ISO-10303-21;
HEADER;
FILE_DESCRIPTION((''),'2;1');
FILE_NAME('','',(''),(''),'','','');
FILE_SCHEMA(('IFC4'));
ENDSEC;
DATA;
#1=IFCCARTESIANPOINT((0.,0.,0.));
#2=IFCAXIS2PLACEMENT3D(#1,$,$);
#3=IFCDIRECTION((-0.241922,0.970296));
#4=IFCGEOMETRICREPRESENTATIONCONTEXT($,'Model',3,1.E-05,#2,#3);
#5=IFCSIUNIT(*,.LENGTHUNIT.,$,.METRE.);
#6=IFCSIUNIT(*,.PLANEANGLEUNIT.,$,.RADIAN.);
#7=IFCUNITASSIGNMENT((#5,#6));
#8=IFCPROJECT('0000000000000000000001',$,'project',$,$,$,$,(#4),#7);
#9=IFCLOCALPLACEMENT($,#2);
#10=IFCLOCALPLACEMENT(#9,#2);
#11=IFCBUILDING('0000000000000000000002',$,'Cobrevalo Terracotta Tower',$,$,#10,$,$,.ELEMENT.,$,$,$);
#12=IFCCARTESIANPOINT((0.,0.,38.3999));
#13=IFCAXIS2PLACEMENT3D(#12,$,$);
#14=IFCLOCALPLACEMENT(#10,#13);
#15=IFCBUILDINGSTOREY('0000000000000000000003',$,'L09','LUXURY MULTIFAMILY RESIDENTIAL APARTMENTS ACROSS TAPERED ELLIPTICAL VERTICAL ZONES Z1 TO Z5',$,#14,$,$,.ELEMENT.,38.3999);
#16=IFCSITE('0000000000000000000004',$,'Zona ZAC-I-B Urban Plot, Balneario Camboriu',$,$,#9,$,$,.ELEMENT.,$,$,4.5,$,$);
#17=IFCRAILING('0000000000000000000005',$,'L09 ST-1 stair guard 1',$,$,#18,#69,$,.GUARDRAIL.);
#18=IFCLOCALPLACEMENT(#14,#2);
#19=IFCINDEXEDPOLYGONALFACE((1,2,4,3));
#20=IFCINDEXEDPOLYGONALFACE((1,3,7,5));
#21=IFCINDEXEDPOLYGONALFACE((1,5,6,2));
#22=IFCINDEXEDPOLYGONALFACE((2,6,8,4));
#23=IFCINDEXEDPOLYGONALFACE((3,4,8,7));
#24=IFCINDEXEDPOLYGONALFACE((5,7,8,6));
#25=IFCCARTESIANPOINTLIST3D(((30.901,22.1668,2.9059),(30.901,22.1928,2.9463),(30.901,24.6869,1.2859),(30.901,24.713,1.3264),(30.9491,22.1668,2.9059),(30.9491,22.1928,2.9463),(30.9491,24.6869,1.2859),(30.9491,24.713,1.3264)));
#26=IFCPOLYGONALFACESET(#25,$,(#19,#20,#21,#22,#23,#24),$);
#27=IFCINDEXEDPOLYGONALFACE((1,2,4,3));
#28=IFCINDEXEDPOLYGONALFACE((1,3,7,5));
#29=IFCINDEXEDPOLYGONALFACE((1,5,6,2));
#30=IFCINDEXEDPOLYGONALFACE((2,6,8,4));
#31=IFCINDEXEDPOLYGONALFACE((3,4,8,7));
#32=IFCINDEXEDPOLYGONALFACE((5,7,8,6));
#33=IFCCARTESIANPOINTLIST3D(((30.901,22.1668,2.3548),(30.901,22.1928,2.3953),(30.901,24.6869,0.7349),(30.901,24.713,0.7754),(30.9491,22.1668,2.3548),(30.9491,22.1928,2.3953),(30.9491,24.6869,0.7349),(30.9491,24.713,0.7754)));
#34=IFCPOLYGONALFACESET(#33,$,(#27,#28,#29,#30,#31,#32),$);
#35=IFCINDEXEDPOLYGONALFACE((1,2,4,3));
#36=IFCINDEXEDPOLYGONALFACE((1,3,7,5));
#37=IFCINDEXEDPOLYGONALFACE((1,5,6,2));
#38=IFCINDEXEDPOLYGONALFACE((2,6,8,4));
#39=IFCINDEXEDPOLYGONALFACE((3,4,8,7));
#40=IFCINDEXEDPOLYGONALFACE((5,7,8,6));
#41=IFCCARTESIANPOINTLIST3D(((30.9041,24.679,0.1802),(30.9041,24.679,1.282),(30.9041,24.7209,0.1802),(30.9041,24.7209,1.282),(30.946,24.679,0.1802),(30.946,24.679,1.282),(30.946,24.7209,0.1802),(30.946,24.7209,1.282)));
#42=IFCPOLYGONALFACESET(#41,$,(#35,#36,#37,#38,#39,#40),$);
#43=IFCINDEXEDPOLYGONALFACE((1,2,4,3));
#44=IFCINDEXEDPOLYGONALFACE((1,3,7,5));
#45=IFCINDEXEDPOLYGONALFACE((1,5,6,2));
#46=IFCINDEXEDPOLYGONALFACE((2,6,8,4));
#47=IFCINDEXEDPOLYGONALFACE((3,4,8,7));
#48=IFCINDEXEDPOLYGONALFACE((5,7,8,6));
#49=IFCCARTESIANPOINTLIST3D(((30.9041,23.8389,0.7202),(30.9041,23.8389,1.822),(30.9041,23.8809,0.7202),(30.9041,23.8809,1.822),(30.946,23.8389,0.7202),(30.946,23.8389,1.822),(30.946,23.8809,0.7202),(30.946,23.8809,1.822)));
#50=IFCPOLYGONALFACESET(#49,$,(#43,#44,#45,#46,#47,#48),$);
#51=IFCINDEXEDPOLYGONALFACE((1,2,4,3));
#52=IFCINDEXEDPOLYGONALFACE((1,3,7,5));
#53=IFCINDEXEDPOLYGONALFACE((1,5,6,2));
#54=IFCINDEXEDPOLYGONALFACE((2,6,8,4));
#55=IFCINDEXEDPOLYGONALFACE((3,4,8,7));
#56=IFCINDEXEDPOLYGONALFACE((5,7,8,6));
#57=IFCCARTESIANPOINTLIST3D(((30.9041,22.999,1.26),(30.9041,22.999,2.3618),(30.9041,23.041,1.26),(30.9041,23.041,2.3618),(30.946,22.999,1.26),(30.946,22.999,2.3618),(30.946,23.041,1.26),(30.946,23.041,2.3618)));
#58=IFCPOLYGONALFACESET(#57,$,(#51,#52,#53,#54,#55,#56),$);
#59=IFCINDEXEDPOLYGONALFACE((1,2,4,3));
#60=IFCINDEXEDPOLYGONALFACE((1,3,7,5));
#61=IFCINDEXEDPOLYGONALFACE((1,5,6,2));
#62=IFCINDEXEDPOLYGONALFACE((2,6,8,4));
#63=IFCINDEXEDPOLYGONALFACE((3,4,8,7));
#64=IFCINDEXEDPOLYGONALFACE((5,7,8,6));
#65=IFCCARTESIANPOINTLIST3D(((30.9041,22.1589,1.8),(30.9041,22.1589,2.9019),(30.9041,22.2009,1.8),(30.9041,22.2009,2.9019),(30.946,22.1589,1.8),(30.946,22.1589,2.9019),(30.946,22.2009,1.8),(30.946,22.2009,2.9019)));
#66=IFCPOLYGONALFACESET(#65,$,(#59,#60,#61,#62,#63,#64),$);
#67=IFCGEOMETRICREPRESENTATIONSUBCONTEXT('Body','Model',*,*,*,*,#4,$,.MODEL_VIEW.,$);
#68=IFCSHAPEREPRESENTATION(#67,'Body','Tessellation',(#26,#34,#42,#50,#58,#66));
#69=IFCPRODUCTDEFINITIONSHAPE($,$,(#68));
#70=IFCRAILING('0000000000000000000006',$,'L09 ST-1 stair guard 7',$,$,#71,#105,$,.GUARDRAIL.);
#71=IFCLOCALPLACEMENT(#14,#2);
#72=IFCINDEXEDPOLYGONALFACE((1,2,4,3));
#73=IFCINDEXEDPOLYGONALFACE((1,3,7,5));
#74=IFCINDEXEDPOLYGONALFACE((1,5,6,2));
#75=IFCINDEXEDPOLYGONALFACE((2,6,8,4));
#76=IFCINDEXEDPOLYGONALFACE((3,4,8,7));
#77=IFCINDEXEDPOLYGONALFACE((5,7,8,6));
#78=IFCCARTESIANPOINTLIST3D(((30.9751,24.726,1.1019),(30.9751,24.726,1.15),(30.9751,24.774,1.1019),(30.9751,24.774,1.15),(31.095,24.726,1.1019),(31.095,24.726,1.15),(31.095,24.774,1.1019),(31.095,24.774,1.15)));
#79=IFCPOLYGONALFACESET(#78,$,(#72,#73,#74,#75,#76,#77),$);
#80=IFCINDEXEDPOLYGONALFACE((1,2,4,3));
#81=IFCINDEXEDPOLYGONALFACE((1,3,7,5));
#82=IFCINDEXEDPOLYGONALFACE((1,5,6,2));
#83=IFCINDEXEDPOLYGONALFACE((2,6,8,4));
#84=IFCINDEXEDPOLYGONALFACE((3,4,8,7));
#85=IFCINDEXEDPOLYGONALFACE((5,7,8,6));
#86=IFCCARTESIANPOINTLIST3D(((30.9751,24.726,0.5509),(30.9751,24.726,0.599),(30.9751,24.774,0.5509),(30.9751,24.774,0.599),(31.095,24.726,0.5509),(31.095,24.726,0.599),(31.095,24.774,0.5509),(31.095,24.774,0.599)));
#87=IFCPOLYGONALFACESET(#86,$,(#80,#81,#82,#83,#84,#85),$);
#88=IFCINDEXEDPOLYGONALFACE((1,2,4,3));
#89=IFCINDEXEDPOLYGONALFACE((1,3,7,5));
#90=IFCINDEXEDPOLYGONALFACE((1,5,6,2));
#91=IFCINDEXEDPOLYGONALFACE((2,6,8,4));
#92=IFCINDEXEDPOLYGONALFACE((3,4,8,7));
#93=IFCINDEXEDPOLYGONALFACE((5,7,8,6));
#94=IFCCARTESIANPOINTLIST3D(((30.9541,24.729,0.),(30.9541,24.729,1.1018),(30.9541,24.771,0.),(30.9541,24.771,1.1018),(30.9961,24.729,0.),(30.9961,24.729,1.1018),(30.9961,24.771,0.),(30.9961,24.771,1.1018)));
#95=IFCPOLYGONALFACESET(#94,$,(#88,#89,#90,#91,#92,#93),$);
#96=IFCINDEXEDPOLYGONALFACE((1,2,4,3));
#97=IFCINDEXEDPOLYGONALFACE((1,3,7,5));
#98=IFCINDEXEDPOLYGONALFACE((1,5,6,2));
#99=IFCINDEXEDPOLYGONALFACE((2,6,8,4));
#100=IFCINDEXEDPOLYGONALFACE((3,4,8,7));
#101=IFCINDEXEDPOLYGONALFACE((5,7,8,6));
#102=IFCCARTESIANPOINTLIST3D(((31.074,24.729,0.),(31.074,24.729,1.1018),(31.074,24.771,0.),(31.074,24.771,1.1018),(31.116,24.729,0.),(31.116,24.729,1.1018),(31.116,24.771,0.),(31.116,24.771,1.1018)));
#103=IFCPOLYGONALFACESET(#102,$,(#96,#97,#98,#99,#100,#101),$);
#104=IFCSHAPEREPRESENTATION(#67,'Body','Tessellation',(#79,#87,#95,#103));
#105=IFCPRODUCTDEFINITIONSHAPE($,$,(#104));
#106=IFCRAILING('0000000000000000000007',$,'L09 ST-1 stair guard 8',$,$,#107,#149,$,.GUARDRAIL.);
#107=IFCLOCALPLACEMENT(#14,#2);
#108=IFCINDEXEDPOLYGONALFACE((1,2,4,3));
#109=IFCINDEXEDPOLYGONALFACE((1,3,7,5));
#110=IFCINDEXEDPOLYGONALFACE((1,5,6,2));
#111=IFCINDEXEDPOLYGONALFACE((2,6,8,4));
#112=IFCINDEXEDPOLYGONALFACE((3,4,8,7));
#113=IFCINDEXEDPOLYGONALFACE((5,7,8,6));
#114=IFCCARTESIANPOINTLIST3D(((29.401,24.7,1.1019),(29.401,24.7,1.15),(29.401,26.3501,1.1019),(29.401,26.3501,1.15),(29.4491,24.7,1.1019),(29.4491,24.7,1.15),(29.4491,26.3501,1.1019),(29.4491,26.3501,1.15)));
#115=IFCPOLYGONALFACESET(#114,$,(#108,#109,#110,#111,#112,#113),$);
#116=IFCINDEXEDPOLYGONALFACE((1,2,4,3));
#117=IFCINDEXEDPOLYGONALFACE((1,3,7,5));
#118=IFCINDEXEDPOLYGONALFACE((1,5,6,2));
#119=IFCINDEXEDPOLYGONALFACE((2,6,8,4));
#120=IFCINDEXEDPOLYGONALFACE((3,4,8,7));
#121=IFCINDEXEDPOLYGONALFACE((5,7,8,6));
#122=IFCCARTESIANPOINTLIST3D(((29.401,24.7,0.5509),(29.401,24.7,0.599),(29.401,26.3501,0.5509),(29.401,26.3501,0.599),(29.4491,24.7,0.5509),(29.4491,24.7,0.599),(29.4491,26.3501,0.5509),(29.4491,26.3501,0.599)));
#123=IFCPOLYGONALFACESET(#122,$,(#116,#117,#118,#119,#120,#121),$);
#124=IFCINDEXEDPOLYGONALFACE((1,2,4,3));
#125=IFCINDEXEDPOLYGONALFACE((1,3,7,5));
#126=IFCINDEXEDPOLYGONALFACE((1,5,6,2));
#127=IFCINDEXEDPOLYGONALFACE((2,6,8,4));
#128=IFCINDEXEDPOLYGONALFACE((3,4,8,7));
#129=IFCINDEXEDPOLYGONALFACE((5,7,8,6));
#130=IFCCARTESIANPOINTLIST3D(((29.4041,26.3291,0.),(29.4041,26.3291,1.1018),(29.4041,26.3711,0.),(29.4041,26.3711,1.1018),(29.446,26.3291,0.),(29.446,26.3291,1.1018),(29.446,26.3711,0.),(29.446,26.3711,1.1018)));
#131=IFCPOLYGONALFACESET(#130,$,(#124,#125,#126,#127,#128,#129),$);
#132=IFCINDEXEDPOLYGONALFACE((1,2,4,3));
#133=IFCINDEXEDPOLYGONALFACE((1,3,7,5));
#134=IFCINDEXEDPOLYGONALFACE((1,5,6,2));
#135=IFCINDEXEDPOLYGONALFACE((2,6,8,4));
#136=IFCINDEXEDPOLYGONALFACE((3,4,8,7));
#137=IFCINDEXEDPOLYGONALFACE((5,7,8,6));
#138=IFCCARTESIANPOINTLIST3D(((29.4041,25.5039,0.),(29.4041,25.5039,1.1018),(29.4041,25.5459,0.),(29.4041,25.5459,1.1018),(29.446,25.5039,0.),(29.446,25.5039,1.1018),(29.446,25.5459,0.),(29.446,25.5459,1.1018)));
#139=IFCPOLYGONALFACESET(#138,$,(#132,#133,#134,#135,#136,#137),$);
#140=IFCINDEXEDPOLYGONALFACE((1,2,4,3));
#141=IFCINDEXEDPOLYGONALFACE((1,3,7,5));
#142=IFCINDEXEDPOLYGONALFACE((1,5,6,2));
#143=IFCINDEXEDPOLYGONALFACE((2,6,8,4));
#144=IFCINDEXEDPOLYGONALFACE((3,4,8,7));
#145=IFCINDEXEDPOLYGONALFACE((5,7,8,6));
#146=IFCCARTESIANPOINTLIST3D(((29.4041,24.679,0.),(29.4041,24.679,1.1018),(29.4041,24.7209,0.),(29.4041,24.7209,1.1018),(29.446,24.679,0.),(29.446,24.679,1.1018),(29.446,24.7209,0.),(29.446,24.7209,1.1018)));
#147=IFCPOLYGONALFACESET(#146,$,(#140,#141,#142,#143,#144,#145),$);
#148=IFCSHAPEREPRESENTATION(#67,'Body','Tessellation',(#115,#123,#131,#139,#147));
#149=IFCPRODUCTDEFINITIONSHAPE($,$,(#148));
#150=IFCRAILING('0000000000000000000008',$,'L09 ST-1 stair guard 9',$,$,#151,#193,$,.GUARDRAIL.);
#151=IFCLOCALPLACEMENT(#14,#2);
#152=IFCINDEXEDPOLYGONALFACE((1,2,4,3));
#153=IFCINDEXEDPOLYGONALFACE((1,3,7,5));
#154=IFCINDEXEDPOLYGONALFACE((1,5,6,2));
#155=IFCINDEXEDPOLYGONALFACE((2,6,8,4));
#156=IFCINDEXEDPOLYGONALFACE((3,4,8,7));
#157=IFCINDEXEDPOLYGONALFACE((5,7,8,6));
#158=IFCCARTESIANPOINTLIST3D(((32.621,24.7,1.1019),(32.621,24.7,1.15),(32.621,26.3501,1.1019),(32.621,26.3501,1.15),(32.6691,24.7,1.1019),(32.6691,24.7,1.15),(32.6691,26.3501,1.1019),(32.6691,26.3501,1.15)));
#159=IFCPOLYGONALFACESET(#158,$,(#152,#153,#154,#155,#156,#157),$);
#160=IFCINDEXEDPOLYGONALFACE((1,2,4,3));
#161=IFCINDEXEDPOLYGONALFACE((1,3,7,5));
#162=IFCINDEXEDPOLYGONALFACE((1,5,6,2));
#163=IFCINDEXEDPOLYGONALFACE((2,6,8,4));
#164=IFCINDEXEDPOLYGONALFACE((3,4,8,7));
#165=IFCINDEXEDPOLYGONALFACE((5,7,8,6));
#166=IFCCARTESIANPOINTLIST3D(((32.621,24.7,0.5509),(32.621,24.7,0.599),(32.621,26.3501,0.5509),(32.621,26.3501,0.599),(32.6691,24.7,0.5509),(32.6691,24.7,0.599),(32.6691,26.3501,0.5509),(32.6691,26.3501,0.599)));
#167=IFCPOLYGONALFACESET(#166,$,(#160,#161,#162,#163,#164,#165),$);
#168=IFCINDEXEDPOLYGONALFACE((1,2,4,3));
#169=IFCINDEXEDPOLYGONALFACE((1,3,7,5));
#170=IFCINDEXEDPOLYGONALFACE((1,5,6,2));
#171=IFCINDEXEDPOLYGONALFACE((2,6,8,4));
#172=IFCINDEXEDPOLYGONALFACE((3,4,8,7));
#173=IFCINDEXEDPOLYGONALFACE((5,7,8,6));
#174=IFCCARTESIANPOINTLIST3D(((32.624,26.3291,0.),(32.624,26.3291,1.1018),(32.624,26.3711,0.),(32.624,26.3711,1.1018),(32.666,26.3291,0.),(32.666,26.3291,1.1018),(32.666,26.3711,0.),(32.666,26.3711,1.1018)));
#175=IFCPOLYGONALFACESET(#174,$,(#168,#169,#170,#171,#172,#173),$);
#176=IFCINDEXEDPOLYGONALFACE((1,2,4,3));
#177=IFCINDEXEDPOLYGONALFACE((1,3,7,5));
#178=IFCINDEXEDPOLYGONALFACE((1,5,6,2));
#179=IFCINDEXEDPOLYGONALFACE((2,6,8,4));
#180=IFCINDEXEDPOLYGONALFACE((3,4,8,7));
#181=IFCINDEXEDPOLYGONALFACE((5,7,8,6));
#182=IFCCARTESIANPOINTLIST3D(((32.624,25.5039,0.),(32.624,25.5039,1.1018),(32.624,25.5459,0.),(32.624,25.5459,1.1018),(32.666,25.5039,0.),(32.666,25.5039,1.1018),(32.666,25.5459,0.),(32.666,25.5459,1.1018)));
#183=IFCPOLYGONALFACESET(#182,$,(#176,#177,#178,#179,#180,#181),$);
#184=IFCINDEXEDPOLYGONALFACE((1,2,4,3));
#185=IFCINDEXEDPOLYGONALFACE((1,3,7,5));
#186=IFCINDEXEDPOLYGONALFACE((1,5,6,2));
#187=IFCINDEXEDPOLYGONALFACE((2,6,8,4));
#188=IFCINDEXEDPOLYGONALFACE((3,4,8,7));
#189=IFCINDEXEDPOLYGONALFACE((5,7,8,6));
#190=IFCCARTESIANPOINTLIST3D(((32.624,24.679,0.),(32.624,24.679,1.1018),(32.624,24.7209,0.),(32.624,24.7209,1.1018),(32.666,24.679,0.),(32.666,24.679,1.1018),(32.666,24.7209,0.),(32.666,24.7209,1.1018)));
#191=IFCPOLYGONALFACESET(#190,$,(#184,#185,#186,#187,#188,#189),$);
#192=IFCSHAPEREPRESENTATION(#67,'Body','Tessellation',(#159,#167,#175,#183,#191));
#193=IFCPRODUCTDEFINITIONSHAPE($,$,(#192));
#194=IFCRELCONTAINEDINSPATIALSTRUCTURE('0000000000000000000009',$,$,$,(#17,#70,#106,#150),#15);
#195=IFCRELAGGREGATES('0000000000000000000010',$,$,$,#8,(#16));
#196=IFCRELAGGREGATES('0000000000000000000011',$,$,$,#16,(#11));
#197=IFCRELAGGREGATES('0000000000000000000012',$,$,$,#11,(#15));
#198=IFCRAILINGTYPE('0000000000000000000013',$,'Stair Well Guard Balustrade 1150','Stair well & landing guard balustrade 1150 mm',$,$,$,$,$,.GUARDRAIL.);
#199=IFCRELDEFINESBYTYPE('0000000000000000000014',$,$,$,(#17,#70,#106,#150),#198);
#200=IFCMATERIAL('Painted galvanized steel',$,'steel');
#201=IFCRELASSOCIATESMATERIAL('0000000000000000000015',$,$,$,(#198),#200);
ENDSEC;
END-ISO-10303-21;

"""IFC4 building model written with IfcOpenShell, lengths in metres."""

from ifc_helpers import new_model, si_unit, direction, frame, origin, origin_2d, place, context, subcontext, project, spatial, rectangle, extrude, material, type_object, element, save


model = new_model("IFC4")

# Units and contexts
model_context = context("Model", 3, precision=1e-05, world=origin(), true_north=direction((-0.241922, 0.970296)))
body_context = subcontext(model_context, "Body", "Model", "MODEL_VIEW")
ifc_project = project(units=[si_unit("LENGTHUNIT", "METRE"), si_unit("PLANEANGLEUNIT", "RADIAN")], contexts=[model_context])

# Site, building, storey
site_placement = place(None, origin())
site = spatial("IfcSite", under=ifc_project, at=site_placement, Name="Zona ZAC-I-B Urban Plot, Balneario Camboriu", CompositionType="ELEMENT", RefElevation=4.5)
building_placement = place(site_placement, origin())
building = spatial("IfcBuilding", under=site, at=building_placement, Name="Cobrevalo Terracotta Tower", CompositionType="ELEMENT")
storey_placement = place(building_placement, frame((0.0, 0.0, 38.3999)))
storey = spatial("IfcBuildingStorey", under=building, at=storey_placement, Name="L09", Description="LUXURY MULTIFAMILY RESIDENTIAL APARTMENTS ACROSS TAPERED ELLIPTICAL VERTICAL ZONES Z1 TO Z5", CompositionType="ELEMENT", Elevation=38.3999)

# Railings
ifc_material_1 = material(Name="Painted galvanized steel", Category="steel")
railing_type_1 = type_object("IfcRailingType", Name="Stair Well Guard Balustrade 1150", Description="Stair well & landing guard balustrade 1150 mm", PredefinedType="GUARDRAIL", material=ifc_material_1)
railing_1_placement = place(storey_placement, frame((30.925, 24.7, 0.1802)))
element("IfcRailing", 1, at=railing_1_placement, inside=storey, type_object=railing_type_1, Name="L09 ST-1 stair guard 1", PredefinedType="GUARDRAIL", context=body_context, shape_type="SweptSolid", body=[
    extrude(rectangle(XDim=0.0481, YDim=0.0481, at=origin_2d()), frame((0.0, 0.0, 1.126), z_axis=(0.0, -0.8412, 0.540725), x_axis=(1.0, 0.0, 0.0)), (0.0, 0.0, 1.0), 2.9958),
    extrude(rectangle(XDim=0.0481, YDim=0.0481, at=origin_2d()), frame((0.0, 0.0, 0.575), z_axis=(0.0, -0.8412, 0.540725), x_axis=(1.0, 0.0, 0.0)), (0.0, 0.0, 1.0), 2.9958),
    extrude(rectangle(XDim=0.042, YDim=0.042, at=origin_2d()), origin(), (0.0, 0.0, 1.0), 1.1018),
    extrude(rectangle(XDim=0.042, YDim=0.042, at=origin_2d()), frame((0.0, -0.8401, 0.54)), (0.0, 0.0, 1.0), 1.1018),
    extrude(rectangle(XDim=0.042, YDim=0.042, at=origin_2d()), frame((0.0, -1.6799, 1.0798)), (0.0, 0.0, 1.0), 1.1018),
    extrude(rectangle(XDim=0.042, YDim=0.042, at=origin_2d()), frame((0.0, -2.52, 1.6199)), (0.0, 0.0, 1.0), 1.1018),
])
railing_2_placement = place(storey_placement, frame((30.9751, 24.75, 0.0)))
element("IfcRailing", 2, at=railing_2_placement, inside=storey, type_object=railing_type_1, Name="L09 ST-1 stair guard 7", PredefinedType="GUARDRAIL", context=body_context, shape_type="SweptSolid", body=[
    extrude(rectangle(XDim=0.0481, YDim=0.0481, at=origin_2d()), frame((0.0, 0.0, 1.126), z_axis=(1.0, 0.0, 0.0), x_axis=(0.0, 1.0, 0.0)), (0.0, 0.0, 1.0), 0.1199),
    extrude(rectangle(XDim=0.0481, YDim=0.0481, at=origin_2d()), frame((0.0, 0.0, 0.575), z_axis=(1.0, 0.0, 0.0), x_axis=(0.0, 1.0, 0.0)), (0.0, 0.0, 1.0), 0.1199),
    extrude(rectangle(XDim=0.042, YDim=0.042, at=origin_2d()), origin(), (0.0, 0.0, 1.0), 1.1018),
    extrude(rectangle(XDim=0.042, YDim=0.042, at=origin_2d()), frame((0.1199, 0.0, 0.0)), (0.0, 0.0, 1.0), 1.1018),
])
for number, where, name in (
    (3, (29.425, 26.3501, 0.0), "L09 ST-1 stair guard 8"),
    (4, (32.645, 26.3501, 0.0), "L09 ST-1 stair guard 9"),
):
    element("IfcRailing", number, at=place(storey_placement, frame(where)), inside=storey, type_object=railing_type_1, Name=name, PredefinedType="GUARDRAIL", context=body_context, shape_type="SweptSolid", body=[
        extrude(rectangle(XDim=0.0481, YDim=0.0481, at=origin_2d()), frame((0.0, 0.0, 1.126), z_axis=(0.0, -1.0, 0.0), x_axis=(1.0, 0.0, 0.0)), (0.0, 0.0, 1.0), 1.6501),
        extrude(rectangle(XDim=0.0481, YDim=0.0481, at=origin_2d()), frame((0.0, 0.0, 0.575), z_axis=(0.0, -1.0, 0.0), x_axis=(1.0, 0.0, 0.0)), (0.0, 0.0, 1.0), 1.6501),
        extrude(rectangle(XDim=0.042, YDim=0.042, at=origin_2d()), origin(), (0.0, 0.0, 1.0), 1.1018),
        extrude(rectangle(XDim=0.042, YDim=0.042, at=origin_2d()), frame((0.0, -0.8252, 0.0)), (0.0, 0.0, 1.0), 1.1018),
        extrude(rectangle(XDim=0.042, YDim=0.042, at=origin_2d()), frame((0.0, -1.6501, 0.0)), (0.0, 0.0, 1.0), 1.1018),
    ])

save(model, "model.ifc")
